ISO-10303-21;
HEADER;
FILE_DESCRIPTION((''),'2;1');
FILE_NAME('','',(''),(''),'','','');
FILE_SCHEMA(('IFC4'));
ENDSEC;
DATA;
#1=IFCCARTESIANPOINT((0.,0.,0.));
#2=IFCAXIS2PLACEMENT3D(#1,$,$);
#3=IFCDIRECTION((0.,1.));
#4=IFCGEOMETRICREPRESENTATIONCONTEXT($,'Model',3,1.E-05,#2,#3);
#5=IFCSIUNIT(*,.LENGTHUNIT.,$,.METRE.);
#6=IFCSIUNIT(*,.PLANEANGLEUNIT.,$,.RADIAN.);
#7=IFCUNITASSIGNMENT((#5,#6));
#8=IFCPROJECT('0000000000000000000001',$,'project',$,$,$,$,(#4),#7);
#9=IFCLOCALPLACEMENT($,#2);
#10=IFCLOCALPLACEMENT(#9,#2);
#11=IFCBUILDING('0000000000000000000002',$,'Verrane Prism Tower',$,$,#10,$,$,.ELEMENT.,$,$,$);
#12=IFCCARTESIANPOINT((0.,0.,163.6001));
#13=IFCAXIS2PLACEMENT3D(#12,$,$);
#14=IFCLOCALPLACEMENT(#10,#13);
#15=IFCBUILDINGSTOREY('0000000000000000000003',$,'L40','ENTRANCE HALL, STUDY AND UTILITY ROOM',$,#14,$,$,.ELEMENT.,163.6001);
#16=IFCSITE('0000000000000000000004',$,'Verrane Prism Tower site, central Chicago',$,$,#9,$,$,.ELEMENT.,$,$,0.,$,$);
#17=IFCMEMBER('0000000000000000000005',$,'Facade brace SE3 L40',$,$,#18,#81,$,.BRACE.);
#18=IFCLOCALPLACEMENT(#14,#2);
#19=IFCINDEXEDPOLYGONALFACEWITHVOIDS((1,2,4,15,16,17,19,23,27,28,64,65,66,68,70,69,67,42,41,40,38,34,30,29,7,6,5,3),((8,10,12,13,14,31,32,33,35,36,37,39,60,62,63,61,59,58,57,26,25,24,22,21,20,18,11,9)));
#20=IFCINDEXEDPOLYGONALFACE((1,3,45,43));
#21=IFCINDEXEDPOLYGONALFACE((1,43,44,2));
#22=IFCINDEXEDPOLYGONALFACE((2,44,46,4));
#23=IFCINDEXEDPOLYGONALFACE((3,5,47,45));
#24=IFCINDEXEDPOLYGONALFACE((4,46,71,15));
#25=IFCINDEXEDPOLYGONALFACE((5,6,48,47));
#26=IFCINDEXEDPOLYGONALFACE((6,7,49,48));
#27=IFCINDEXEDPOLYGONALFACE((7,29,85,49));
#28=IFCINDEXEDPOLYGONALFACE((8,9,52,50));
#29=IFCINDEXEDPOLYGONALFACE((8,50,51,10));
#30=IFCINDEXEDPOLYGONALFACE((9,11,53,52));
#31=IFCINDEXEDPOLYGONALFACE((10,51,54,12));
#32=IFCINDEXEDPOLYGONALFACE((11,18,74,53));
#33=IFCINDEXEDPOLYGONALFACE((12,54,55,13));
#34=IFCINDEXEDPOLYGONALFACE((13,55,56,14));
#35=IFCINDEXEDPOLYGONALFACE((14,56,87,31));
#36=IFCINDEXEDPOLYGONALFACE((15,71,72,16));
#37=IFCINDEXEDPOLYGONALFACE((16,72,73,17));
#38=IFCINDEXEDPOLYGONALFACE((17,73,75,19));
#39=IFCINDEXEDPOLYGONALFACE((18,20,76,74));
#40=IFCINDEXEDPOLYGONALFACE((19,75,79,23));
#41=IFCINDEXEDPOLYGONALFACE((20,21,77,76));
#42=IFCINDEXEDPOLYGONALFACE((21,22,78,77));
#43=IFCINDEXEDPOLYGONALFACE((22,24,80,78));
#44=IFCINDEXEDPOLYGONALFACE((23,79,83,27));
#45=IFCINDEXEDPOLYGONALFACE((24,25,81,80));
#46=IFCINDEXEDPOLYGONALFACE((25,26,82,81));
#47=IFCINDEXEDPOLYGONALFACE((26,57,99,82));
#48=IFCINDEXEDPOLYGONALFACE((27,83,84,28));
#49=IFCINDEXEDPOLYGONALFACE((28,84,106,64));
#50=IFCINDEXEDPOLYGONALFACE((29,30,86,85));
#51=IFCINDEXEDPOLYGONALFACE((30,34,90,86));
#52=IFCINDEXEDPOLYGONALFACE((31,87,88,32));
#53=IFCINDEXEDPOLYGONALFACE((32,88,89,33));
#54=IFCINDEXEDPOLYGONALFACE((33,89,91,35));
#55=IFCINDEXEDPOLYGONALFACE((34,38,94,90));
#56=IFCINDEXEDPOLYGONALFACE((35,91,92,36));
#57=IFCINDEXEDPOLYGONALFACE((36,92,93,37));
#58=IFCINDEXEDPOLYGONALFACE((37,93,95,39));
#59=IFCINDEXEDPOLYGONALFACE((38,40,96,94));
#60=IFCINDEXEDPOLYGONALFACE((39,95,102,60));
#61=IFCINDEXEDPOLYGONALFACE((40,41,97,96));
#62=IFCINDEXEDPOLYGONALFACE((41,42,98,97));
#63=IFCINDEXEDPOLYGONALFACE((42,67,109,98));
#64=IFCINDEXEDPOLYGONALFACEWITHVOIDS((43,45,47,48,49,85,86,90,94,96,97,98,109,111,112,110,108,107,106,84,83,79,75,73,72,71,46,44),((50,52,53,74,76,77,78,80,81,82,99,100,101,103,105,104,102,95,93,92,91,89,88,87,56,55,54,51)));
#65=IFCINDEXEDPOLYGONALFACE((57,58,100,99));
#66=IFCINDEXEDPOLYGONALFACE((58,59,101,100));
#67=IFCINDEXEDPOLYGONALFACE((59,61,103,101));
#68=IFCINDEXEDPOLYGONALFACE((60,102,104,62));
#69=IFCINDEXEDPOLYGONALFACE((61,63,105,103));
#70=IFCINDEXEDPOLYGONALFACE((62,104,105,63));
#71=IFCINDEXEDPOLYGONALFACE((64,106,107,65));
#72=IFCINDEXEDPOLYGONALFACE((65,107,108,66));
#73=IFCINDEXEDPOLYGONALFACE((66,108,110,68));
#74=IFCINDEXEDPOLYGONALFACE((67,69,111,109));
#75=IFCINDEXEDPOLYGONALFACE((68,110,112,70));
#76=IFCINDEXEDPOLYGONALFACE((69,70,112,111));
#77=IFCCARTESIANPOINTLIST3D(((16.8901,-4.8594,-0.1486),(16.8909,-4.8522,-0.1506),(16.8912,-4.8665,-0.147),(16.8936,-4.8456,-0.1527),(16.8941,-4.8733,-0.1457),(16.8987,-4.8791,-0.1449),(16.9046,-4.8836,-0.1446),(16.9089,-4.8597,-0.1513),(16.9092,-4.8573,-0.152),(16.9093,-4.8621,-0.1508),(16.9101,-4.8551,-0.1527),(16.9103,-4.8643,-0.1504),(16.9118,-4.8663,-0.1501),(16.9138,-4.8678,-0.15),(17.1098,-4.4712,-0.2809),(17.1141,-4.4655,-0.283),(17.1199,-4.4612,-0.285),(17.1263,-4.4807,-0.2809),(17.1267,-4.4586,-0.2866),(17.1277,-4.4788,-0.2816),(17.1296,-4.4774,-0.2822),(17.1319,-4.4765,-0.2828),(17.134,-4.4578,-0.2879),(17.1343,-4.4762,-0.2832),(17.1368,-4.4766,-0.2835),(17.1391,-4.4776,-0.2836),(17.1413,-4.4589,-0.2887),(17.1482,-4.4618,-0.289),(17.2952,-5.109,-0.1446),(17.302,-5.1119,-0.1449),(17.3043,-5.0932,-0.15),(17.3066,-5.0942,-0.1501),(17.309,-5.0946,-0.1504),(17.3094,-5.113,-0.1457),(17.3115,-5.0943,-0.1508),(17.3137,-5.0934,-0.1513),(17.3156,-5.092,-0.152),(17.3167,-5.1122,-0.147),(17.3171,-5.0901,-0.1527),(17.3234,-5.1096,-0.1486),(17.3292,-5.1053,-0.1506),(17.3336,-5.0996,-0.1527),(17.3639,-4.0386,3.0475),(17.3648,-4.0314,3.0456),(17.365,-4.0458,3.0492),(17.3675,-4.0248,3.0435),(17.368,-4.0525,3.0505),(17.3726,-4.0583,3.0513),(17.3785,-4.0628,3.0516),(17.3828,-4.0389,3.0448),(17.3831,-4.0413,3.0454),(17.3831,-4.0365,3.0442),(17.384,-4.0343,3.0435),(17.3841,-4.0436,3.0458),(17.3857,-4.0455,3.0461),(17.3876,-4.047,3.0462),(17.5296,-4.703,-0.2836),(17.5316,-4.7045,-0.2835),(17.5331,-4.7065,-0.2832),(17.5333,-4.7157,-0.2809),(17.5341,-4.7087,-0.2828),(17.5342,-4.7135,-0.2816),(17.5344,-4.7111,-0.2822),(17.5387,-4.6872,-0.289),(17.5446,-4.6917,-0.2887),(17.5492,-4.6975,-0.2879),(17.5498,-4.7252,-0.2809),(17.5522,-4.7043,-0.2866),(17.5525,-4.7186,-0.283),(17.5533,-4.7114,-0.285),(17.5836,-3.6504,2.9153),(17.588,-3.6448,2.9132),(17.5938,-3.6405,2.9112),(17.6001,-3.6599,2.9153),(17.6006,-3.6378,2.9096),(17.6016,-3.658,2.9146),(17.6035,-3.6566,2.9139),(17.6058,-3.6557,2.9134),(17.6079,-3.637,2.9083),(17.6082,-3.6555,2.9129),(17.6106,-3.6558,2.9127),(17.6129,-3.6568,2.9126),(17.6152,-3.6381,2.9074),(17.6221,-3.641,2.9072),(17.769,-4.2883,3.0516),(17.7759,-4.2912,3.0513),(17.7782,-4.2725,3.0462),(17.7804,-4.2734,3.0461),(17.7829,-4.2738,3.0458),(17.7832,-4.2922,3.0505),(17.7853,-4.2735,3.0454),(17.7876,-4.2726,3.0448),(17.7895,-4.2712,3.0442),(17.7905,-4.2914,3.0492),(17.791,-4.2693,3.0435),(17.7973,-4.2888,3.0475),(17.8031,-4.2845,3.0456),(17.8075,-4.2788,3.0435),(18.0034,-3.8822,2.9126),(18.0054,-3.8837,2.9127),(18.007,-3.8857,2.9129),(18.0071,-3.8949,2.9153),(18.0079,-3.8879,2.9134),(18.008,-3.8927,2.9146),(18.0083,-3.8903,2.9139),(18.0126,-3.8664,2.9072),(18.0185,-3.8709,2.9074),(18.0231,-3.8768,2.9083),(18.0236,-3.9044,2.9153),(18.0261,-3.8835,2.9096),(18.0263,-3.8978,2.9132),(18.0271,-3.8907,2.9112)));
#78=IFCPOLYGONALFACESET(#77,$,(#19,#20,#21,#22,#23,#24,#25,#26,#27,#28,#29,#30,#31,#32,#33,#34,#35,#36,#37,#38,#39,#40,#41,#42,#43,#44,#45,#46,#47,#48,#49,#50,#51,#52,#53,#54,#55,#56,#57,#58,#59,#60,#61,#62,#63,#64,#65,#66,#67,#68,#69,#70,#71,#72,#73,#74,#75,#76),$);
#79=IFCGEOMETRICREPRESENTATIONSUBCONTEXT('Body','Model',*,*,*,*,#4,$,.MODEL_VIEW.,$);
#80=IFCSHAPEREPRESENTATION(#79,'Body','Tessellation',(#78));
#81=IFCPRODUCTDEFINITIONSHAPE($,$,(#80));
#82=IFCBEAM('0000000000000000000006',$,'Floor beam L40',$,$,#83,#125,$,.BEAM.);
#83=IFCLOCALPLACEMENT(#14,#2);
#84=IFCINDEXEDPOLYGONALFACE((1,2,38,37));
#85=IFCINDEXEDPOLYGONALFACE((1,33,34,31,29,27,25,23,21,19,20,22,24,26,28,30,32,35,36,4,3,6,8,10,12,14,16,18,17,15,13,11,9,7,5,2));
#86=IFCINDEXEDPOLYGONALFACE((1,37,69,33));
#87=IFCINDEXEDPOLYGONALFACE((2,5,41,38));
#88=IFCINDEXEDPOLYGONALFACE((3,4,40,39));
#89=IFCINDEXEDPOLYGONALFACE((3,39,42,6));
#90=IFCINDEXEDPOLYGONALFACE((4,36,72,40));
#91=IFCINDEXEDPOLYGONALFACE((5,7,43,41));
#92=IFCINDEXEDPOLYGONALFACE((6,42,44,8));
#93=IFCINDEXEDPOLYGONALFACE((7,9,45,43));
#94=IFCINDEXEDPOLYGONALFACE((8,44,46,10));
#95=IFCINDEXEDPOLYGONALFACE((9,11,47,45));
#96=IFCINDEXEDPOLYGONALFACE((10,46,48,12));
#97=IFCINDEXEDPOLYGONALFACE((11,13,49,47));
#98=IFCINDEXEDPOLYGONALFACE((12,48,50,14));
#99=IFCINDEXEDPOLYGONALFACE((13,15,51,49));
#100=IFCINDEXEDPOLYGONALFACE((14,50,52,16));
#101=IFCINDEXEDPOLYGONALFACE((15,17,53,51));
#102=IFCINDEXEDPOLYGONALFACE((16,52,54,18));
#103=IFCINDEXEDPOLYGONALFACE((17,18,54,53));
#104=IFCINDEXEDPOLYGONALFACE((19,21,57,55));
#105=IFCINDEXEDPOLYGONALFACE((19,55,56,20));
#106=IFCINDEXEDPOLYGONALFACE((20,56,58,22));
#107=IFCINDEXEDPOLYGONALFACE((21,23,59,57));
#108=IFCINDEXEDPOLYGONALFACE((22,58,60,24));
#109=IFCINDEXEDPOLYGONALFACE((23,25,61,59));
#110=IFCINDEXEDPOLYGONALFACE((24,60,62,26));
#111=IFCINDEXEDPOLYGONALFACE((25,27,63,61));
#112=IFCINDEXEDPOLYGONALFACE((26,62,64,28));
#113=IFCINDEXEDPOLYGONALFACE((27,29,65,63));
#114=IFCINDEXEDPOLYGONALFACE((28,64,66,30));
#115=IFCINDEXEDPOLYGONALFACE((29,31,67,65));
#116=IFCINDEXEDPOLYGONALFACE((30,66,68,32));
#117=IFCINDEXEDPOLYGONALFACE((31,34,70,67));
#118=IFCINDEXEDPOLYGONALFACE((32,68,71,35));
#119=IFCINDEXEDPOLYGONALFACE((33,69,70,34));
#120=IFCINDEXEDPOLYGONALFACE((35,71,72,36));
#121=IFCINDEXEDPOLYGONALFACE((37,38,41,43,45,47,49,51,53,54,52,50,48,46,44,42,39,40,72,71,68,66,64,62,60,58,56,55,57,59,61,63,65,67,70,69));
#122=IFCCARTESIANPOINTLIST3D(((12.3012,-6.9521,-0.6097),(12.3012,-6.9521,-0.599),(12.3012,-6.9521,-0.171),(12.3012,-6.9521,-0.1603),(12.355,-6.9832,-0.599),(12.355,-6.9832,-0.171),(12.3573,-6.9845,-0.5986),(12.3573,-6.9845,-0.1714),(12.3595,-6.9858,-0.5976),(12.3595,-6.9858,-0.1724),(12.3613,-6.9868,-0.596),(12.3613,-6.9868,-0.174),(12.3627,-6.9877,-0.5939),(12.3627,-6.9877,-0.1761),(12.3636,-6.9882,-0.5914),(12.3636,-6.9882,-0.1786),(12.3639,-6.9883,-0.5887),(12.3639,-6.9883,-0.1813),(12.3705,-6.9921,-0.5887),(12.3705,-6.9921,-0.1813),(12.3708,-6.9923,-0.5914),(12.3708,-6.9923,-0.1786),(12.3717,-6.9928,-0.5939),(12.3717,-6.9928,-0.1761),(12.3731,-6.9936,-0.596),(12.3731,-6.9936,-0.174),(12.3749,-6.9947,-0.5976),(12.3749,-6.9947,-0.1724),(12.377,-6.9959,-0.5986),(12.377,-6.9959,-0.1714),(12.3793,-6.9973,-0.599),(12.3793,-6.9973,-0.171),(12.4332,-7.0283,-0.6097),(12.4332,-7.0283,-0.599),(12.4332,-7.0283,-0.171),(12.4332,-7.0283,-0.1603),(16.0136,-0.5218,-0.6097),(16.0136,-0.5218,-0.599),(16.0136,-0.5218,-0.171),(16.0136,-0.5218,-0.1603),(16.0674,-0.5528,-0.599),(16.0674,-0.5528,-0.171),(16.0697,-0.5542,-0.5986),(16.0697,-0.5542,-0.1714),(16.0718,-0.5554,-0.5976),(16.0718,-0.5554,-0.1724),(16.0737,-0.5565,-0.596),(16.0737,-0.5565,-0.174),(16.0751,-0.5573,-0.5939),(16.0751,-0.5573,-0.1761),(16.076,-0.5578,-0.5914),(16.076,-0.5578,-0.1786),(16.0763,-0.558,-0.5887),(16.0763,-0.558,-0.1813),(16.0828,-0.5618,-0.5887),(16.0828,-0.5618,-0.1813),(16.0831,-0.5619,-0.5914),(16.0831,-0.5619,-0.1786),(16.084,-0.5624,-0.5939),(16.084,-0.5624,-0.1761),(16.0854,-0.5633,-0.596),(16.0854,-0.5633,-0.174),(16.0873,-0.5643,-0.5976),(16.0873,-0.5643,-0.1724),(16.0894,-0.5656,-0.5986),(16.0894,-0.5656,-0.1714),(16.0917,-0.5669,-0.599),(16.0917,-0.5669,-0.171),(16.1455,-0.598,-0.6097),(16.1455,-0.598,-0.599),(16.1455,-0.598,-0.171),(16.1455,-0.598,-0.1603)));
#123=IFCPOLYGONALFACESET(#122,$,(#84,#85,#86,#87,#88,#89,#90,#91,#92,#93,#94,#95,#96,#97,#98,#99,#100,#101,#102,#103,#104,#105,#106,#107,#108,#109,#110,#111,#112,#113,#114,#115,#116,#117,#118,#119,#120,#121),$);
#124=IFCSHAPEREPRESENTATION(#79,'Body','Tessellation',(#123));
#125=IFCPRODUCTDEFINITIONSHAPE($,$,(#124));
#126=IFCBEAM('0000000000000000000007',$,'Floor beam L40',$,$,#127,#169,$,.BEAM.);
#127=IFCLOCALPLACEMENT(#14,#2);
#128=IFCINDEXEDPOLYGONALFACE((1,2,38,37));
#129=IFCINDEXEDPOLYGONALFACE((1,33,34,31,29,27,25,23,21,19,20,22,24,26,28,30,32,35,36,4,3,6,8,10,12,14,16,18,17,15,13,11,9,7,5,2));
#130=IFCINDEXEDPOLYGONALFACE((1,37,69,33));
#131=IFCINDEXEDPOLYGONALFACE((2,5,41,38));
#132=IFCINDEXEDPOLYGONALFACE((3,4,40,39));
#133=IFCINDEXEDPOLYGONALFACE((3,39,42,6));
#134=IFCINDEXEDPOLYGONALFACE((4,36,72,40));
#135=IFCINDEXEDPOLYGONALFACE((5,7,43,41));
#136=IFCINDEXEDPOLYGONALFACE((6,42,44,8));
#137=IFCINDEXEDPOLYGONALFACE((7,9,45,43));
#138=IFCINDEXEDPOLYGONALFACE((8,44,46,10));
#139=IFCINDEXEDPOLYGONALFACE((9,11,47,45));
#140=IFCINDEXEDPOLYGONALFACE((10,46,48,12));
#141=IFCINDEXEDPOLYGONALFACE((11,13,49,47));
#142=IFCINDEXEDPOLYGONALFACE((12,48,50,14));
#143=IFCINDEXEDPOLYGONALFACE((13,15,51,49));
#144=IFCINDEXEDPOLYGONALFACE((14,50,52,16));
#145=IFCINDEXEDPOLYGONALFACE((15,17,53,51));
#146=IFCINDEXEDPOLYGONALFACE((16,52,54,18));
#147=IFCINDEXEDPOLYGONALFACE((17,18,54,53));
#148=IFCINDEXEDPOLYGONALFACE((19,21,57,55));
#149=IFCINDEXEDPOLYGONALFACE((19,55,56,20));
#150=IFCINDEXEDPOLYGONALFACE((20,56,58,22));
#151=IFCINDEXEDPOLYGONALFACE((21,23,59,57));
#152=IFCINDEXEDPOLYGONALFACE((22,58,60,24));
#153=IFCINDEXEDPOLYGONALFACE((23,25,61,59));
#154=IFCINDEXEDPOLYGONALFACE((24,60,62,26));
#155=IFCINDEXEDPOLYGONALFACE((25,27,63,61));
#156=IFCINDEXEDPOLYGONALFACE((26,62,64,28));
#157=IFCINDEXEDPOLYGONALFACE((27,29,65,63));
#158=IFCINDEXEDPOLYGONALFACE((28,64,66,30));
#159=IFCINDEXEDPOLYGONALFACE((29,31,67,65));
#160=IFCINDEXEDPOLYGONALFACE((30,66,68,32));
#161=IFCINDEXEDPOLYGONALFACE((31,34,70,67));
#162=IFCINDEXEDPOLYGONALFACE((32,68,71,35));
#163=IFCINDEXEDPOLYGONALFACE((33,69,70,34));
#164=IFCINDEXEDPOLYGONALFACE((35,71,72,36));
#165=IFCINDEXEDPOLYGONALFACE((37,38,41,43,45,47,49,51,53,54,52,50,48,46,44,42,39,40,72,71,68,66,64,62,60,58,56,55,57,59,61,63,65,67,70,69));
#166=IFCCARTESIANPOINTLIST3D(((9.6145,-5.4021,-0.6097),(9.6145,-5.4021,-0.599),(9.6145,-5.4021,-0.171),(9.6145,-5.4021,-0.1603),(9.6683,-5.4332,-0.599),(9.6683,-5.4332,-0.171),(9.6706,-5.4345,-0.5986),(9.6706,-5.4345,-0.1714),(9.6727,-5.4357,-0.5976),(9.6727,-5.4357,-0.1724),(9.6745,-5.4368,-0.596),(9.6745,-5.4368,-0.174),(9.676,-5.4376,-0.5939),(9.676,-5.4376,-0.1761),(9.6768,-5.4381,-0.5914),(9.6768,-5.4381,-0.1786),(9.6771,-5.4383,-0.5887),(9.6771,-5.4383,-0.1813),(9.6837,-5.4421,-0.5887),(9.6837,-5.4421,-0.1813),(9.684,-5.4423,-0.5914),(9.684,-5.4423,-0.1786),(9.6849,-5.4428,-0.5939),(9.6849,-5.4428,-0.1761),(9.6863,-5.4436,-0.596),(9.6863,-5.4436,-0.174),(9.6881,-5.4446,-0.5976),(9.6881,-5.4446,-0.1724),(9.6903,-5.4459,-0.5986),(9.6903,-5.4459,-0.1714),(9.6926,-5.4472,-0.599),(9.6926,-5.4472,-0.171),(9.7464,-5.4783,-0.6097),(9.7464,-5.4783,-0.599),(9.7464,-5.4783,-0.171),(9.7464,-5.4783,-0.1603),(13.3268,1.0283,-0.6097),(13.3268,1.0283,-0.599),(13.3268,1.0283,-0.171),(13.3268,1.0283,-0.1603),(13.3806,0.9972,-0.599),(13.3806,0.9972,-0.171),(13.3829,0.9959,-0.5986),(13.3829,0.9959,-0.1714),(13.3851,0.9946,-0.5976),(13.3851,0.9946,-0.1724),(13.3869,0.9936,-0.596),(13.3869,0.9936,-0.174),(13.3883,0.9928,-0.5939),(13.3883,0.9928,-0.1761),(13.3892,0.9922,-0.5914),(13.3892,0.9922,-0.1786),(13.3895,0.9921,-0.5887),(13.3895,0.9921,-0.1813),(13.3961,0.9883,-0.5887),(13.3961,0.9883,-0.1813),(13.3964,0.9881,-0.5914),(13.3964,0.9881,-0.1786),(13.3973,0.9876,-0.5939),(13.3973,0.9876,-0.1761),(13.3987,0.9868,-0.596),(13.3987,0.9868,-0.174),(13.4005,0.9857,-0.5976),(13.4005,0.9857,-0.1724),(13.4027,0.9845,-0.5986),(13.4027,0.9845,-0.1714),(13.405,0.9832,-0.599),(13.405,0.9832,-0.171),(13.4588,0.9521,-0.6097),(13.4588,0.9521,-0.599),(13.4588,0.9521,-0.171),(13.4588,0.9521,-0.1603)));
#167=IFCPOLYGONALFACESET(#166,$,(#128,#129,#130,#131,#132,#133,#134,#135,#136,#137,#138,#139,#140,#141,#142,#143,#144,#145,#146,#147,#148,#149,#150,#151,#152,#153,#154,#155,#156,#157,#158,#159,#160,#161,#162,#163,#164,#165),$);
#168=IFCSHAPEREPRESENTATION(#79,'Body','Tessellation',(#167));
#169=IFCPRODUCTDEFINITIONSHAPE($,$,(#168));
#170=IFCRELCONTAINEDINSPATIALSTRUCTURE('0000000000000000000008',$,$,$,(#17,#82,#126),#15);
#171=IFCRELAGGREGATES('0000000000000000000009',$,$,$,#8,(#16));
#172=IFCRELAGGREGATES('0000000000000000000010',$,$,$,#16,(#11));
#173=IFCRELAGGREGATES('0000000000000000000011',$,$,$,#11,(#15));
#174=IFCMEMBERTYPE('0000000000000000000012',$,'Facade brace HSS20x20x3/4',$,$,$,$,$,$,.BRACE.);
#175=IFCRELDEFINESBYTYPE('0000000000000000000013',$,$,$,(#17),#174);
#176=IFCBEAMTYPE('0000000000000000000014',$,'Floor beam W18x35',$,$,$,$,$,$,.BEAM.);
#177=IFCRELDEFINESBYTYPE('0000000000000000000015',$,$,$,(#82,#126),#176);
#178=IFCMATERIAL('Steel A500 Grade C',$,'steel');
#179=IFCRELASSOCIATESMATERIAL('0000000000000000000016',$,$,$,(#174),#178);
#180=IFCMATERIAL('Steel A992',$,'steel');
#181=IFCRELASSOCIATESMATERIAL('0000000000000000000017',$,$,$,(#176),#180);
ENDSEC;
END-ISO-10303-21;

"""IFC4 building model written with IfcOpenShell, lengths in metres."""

from ifc_helpers import new_model, si_unit, direction, frame, origin, origin_2d, place, context, subcontext, project, spatial, hollow_rectangle, i_section, extrude, material, material_profile, profile_set, type_object, element, save


model = new_model("IFC4")

# Units and contexts
model_context = context("Model", 3, precision=1e-05, world=origin(), true_north=direction((0.0, 1.0)))
body_context = subcontext(model_context, "Body", "Model", "MODEL_VIEW")
ifc_project = project(units=[si_unit("LENGTHUNIT", "METRE"), si_unit("PLANEANGLEUNIT", "RADIAN")], contexts=[model_context])

# Site, building, storey
site_placement = place(None, origin())
site = spatial("IfcSite", under=ifc_project, at=site_placement, Name="Verrane Prism Tower site, central Chicago", CompositionType="ELEMENT", RefElevation=0.0)
building_placement = place(site_placement, origin())
building = spatial("IfcBuilding", under=site, at=building_placement, Name="Verrane Prism Tower", CompositionType="ELEMENT")
storey_placement = place(building_placement, frame((0.0, 0.0, 163.6001)))
storey = spatial("IfcBuildingStorey", under=building, at=storey_placement, Name="L40", Description="ENTRANCE HALL, STUDY AND UTILITY ROOM", CompositionType="ELEMENT", Elevation=163.6001)

# Member
ifc_material_1 = material(Name="Steel A500 Grade C", Category="steel")
ifc_material_profile_1 = material_profile(ifc_material_1, hollow_rectangle(XDim=0.5081, YDim=0.5081, WallThickness=0.019, InnerFilletRadius=0.0095, OuterFilletRadius=0.0286, at=origin_2d()), Name="HSS20x20x3/4")
ifc_profile_set_1 = profile_set([ifc_material_profile_1], Name="Steel A500 Grade C")
member_type_1 = type_object("IfcMemberType", Name="Facade brace HSS20x20x3/4", PredefinedType="BRACE", material=ifc_profile_set_1)
member_1_placement = place(storey_placement, frame((17.2217, -4.7854, -0.2168), z_axis=(0.142141, 0.246202, 0.958739), x_axis=(-0.866031, 0.49999, 0.0)))
element("IfcMember", 1, at=member_1_placement, inside=storey, type_object=member_type_1, Name="Facade brace SE3 L40", PredefinedType="BRACE", context=body_context, shape_type="SweptSolid", body=[
    extrude(hollow_rectangle(XDim=0.5081, YDim=0.5081, WallThickness=0.019, InnerFilletRadius=0.0095, OuterFilletRadius=0.0286, at=origin_2d()), origin(), (0.0, 0.0, 1.0), 3.3337),
])

# Beams
ifc_material_2 = material(Name="Steel A992", Category="steel")
ifc_material_profile_2 = material_profile(ifc_material_2, i_section(OverallWidth=0.1523, OverallDepth=0.4495, WebThickness=0.0076, FlangeThickness=0.0107, FilletRadius=0.0103, at=origin_2d()), Name="W18x35")
ifc_profile_set_2 = profile_set([ifc_material_profile_2], Name="Steel A992")
beam_type_1 = type_object("IfcBeamType", Name="Floor beam W18x35", PredefinedType="BEAM", material=ifc_profile_set_2)
for number, where, z_axis, x_axis, name in (
    (2, (12.3672, -6.9902, -0.385), (0.49998, 0.866037, 0.0), (-0.866037, 0.49998, 0.0), "Floor beam L40"),
    (3, (9.6804, -5.4402, -0.385), (0.49998, 0.866037, 0.0), (-0.866037, 0.49998, 0.0), "Floor beam L40"),
):
    element("IfcBeam", number, at=place(storey_placement, frame(where, z_axis=z_axis, x_axis=x_axis)), inside=storey, type_object=beam_type_1, Name=name, PredefinedType="BEAM", context=body_context, shape_type="SweptSolid", body=[
        extrude(i_section(OverallWidth=0.1523, OverallDepth=0.4495, WebThickness=0.0076, FlangeThickness=0.0107, FilletRadius=0.0103, at=origin_2d()), origin(), (0.0, 0.0, 1.0), 7.425),
    ])

save(model, "model.ifc")
